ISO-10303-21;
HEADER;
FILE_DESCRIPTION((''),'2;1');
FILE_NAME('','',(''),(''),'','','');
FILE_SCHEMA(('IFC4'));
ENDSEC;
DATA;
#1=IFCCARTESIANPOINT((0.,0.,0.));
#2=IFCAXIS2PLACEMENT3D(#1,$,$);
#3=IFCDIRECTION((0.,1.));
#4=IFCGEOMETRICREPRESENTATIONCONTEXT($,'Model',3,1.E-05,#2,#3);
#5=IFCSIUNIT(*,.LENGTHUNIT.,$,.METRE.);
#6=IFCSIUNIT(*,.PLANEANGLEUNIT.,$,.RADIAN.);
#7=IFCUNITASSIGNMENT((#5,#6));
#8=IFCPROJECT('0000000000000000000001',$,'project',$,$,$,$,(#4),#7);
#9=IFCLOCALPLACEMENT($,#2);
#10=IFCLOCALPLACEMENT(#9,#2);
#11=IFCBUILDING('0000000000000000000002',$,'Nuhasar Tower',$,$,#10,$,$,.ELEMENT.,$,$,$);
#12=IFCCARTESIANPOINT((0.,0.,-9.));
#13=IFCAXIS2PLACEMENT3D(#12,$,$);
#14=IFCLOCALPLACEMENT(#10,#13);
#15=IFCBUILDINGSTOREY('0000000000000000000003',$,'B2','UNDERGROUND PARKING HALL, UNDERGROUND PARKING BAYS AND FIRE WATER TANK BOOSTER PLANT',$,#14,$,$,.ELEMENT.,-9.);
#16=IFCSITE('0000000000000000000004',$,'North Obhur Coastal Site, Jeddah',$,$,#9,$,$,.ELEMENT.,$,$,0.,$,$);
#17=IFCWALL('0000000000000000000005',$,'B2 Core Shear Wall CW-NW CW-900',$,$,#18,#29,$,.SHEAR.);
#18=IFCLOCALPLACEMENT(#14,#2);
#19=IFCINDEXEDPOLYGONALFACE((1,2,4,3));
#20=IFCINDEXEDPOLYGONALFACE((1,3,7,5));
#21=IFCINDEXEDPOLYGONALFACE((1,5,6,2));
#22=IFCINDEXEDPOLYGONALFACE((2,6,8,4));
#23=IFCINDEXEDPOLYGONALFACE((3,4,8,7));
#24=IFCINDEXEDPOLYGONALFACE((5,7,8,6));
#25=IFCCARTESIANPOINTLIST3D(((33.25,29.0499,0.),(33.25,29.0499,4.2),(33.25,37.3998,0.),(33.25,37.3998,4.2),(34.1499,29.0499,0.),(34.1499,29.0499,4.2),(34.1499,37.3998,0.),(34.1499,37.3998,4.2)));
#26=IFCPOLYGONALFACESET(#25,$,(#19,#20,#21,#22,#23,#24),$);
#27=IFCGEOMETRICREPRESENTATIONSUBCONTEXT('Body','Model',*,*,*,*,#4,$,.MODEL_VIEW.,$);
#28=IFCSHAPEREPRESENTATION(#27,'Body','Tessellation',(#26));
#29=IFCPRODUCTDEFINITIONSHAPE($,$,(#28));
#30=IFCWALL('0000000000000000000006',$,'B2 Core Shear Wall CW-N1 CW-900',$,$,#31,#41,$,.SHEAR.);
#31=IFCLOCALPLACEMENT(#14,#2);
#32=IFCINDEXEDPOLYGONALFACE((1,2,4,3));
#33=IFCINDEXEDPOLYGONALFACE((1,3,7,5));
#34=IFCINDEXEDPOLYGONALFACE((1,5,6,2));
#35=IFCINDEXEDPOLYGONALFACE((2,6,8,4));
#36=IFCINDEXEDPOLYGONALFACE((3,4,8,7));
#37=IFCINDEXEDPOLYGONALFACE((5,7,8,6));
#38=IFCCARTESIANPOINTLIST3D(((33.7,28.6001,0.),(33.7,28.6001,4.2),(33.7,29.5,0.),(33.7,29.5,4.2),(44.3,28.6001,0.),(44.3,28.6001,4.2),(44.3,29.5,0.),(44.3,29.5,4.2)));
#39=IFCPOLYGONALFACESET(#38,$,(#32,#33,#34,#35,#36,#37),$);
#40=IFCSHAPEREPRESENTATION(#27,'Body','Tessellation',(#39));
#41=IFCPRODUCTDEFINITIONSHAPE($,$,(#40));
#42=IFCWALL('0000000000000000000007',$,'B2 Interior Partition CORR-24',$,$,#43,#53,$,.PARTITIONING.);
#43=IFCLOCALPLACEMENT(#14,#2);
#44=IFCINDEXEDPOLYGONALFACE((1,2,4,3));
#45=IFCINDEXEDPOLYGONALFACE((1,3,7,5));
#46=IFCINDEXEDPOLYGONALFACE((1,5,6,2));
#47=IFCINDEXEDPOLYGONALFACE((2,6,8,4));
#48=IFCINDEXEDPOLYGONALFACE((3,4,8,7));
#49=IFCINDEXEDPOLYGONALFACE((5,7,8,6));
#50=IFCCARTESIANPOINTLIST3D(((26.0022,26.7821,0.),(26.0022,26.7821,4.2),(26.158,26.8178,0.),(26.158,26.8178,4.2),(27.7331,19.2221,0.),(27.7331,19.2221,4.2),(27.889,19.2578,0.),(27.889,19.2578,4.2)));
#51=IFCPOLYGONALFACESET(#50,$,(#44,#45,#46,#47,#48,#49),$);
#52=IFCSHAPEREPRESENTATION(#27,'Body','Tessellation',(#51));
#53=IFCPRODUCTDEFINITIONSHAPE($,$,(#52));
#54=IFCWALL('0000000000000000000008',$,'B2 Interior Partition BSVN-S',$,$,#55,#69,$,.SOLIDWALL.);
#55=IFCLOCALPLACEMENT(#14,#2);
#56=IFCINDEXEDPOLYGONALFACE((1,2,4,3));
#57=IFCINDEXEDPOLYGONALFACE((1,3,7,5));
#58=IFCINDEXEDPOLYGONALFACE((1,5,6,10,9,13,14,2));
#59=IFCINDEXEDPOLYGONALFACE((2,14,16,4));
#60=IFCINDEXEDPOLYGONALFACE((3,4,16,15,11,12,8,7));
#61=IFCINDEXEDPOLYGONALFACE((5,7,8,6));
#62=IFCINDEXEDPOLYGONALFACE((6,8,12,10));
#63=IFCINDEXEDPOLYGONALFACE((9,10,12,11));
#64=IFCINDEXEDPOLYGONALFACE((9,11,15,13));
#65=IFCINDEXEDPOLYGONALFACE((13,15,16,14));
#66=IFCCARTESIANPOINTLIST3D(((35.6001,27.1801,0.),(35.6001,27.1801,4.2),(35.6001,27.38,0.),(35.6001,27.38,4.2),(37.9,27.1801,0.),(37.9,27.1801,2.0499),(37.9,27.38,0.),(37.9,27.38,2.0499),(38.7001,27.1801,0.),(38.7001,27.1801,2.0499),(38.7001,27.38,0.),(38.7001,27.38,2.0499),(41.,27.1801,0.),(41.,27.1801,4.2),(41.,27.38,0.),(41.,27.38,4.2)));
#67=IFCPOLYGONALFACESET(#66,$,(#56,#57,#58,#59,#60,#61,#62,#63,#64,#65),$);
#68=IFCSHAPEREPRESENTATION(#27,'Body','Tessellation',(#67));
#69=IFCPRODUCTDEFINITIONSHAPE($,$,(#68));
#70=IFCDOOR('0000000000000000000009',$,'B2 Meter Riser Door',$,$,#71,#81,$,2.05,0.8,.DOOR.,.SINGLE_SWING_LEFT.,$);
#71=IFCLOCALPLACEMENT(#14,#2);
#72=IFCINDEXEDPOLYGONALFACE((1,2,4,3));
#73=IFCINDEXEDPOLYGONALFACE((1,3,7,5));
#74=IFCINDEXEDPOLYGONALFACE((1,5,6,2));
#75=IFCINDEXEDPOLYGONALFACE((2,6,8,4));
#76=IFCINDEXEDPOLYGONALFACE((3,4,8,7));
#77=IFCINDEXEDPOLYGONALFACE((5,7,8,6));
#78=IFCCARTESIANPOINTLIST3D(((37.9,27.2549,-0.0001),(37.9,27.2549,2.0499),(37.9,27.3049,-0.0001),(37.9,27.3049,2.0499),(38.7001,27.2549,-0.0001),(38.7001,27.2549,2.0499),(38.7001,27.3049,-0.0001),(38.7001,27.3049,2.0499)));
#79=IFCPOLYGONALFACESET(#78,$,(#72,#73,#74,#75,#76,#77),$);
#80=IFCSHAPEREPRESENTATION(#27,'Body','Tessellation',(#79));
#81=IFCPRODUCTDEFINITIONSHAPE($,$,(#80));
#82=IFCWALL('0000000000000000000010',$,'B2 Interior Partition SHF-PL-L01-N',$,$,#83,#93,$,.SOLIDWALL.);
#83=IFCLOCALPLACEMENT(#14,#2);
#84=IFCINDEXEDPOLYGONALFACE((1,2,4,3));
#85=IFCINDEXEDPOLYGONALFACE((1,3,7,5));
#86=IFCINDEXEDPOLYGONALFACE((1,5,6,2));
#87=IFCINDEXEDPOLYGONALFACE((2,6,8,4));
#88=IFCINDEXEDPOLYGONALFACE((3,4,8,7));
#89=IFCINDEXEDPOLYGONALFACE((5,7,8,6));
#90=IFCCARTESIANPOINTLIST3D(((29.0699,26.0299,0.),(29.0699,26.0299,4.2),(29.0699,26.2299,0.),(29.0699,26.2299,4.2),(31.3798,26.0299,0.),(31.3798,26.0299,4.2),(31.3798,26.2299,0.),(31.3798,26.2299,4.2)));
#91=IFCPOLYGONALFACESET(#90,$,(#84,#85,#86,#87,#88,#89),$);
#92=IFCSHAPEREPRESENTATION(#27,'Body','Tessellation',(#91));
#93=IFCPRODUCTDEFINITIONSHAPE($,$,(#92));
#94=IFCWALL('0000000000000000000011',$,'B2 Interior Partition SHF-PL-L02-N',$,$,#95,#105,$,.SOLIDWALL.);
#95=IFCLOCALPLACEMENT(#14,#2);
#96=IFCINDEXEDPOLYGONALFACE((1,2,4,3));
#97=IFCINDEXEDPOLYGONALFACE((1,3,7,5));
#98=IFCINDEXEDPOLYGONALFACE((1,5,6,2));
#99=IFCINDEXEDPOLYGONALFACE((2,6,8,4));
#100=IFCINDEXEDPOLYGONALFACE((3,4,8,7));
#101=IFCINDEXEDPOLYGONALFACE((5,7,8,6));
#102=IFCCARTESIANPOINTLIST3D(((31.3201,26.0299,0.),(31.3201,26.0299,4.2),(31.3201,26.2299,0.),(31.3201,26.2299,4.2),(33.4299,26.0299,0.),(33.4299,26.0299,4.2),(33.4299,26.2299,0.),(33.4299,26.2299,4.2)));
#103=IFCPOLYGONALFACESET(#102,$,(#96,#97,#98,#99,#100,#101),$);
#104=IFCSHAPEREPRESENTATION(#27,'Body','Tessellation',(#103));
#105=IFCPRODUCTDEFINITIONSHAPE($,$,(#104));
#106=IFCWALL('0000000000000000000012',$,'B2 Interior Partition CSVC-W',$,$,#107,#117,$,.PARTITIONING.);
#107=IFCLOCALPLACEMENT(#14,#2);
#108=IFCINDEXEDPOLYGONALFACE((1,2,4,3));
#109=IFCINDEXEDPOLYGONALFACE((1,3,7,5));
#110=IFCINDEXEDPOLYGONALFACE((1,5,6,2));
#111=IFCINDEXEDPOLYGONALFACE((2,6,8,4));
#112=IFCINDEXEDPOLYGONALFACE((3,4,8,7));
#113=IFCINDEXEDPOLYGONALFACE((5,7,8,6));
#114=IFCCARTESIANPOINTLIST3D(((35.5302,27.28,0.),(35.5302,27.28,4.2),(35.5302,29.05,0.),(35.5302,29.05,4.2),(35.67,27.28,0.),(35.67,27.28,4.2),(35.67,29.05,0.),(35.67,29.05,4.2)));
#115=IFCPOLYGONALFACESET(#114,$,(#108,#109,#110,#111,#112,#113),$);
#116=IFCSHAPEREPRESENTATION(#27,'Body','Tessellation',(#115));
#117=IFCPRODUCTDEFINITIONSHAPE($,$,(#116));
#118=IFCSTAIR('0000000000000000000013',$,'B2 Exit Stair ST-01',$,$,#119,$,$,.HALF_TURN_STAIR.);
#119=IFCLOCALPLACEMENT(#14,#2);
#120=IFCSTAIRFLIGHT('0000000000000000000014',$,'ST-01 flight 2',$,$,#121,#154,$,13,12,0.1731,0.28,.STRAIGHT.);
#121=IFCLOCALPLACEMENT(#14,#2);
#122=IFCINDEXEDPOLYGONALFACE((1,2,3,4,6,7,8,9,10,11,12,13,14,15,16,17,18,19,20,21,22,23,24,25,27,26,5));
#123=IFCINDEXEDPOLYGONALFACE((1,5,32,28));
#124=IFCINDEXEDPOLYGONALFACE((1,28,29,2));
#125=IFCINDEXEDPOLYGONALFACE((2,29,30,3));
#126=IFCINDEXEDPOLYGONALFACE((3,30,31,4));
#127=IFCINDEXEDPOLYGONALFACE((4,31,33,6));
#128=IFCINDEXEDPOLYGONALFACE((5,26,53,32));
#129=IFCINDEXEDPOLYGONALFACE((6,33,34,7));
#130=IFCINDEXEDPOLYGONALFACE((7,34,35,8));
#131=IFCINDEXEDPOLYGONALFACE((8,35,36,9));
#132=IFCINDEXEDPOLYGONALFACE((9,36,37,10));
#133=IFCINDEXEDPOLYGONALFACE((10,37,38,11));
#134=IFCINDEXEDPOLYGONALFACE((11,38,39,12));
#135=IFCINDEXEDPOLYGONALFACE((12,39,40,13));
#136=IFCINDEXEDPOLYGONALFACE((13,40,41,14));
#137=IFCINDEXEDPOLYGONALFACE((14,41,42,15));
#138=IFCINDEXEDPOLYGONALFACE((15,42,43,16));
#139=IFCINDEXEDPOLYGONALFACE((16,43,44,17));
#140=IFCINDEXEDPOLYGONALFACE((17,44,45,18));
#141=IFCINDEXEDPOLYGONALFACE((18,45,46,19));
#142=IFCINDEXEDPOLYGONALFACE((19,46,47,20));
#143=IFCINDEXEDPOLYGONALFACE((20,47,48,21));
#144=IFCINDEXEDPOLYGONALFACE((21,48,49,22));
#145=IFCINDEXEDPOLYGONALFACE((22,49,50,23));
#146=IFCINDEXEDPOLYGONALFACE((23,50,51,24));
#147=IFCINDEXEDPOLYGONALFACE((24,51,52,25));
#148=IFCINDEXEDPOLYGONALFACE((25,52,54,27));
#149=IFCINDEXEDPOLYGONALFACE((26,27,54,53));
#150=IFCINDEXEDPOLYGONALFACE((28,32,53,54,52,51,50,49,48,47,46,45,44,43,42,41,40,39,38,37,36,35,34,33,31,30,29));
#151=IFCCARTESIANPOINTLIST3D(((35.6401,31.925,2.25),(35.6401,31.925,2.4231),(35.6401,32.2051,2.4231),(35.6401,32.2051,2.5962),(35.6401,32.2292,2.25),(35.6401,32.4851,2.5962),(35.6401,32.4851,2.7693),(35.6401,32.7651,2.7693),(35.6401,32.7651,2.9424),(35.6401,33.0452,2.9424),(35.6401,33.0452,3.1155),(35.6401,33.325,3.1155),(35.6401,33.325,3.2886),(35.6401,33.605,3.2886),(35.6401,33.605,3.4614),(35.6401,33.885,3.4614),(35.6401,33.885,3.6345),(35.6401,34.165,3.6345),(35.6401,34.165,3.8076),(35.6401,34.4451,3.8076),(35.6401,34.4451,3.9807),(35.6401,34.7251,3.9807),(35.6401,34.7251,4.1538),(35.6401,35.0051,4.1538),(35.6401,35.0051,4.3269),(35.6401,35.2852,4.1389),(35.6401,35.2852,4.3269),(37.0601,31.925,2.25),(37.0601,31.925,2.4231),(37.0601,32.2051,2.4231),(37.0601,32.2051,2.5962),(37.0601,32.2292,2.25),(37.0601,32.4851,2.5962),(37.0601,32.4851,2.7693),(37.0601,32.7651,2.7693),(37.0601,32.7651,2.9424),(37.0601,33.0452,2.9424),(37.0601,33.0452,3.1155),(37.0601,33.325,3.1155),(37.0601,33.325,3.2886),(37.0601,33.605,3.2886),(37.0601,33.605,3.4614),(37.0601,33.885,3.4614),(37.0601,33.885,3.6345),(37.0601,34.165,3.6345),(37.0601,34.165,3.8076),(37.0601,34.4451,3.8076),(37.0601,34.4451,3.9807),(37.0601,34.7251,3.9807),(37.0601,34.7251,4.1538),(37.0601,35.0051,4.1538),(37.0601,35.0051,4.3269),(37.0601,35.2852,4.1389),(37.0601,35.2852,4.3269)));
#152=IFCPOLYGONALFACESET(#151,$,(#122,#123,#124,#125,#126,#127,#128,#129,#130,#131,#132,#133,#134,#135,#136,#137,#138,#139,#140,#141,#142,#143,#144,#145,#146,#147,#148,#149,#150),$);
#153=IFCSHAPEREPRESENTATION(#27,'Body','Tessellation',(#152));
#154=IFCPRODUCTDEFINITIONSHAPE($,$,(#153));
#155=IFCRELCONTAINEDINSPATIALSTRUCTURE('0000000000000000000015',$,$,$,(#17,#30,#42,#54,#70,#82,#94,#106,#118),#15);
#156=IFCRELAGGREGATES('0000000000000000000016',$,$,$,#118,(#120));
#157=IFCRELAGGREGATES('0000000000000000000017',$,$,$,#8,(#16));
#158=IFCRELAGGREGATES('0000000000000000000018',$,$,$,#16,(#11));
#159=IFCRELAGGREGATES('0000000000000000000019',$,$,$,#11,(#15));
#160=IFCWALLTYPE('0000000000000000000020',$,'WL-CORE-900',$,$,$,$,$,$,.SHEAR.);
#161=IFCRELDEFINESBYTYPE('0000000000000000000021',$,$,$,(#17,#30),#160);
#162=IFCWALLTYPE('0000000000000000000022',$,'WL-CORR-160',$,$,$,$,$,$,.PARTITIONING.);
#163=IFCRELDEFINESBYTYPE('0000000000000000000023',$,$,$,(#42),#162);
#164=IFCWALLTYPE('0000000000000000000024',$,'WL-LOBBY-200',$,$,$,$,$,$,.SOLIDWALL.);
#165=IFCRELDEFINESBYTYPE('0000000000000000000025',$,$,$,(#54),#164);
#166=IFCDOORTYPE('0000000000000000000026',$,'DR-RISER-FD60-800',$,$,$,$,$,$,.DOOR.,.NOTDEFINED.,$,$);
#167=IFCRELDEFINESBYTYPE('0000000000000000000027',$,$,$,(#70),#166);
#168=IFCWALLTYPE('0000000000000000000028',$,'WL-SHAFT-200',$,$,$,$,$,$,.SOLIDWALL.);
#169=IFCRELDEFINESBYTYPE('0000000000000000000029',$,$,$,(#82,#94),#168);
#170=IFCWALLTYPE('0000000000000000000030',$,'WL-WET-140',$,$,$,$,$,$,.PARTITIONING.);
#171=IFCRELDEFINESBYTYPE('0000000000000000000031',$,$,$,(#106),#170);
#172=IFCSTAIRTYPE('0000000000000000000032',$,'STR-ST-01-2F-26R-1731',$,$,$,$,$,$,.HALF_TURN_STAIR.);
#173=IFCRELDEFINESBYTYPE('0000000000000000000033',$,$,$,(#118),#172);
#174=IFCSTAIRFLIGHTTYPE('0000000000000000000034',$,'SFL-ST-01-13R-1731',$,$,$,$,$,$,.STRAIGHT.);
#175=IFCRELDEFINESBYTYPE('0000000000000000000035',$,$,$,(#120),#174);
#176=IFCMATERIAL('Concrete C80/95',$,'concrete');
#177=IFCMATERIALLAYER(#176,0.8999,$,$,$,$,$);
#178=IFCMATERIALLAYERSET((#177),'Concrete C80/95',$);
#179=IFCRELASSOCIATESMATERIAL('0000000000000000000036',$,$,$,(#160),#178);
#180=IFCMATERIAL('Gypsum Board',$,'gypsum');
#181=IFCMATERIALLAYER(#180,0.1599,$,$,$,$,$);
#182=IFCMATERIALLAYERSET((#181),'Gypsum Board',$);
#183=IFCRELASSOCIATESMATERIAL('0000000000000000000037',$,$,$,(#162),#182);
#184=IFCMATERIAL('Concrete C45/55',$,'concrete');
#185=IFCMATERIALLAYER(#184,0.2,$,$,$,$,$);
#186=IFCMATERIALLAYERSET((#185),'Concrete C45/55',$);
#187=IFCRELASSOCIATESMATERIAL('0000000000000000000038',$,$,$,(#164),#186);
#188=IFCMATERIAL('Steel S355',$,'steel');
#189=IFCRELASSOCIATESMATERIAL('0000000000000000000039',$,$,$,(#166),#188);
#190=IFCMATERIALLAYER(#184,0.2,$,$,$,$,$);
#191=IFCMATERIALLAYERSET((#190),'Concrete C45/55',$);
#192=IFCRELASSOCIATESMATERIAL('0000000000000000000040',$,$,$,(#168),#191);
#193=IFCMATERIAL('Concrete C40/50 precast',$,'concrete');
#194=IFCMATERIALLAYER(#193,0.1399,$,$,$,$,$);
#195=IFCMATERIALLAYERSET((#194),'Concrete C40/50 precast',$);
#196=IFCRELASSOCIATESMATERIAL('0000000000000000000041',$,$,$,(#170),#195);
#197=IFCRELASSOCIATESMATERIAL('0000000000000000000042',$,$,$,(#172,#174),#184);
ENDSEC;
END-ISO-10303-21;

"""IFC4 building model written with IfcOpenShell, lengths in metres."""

from ifc_helpers import new_model, si_unit, direction, frame, frame_2d, origin, place, context, subcontext, project, spatial, polyline, rectangle, outline, extrude, material, layer, layer_set, type_object, element, fill, aggregate, save


model = new_model("IFC4")

# Units and contexts
model_context = context("Model", 3, precision=1e-05, world=origin(), true_north=direction((0.0, 1.0)))
body_context = subcontext(model_context, "Body", "Model", "MODEL_VIEW")
ifc_project = project(units=[si_unit("LENGTHUNIT", "METRE"), si_unit("PLANEANGLEUNIT", "RADIAN")], contexts=[model_context])

# Site, building, storey
site_placement = place(None, origin())
site = spatial("IfcSite", under=ifc_project, at=site_placement, Name="North Obhur Coastal Site, Jeddah", CompositionType="ELEMENT", RefElevation=0.0)
building_placement = place(site_placement, origin())
building = spatial("IfcBuilding", under=site, at=building_placement, Name="Nuhasar Tower", CompositionType="ELEMENT")
storey_placement = place(building_placement, frame((0.0, 0.0, -9.0)))
storey = spatial("IfcBuildingStorey", under=building, at=storey_placement, Name="B2", Description="UNDERGROUND PARKING HALL, UNDERGROUND PARKING BAYS AND FIRE WATER TANK BOOSTER PLANT", CompositionType="ELEMENT", Elevation=-9.0)

# Shared definitions
ifc_material_1 = material(Name="Concrete C80/95", Category="concrete")

# Walls
ifc_layer_1 = layer(ifc_material_1, 0.8999)
ifc_layer_set_1 = layer_set([ifc_layer_1], Name="Concrete C80/95")
wall_type_1 = type_object("IfcWallType", Name="WL-CORE-900", PredefinedType="SHEAR", material=ifc_layer_set_1)
wall_1_placement = place(storey_placement, frame((33.7, 29.05, 0.0), z_axis=(0.0, 0.0, 1.0), x_axis=(0.0, 1.0, 0.0)))
element("IfcWall", 1, at=wall_1_placement, inside=storey, type_object=wall_type_1, Name="B2 Core Shear Wall CW-NW CW-900", PredefinedType="SHEAR", context=body_context, shape_type="SweptSolid", body=[
    extrude(rectangle(XDim=8.3499, YDim=0.8999, at=frame_2d((4.1748, 0.0))), origin(), (0.0, 0.0, 1.0), 4.2),
])
wall_2_placement = place(storey_placement, frame((33.7, 29.05, 0.0), z_axis=(0.0, 0.0, 1.0), x_axis=(1.0, 0.0, 0.0)))
element("IfcWall", 2, at=wall_2_placement, inside=storey, type_object=wall_type_1, Name="B2 Core Shear Wall CW-N1 CW-900", PredefinedType="SHEAR", context=body_context, shape_type="SweptSolid", body=[
    extrude(rectangle(XDim=10.6001, YDim=0.8999, at=frame_2d((5.3, 0.0))), origin(), (0.0, 0.0, 1.0), 4.2),
])

# Shared definitions
ifc_material_2 = material(Name="Gypsum Board", Category="gypsum")
ifc_layer_2 = layer(ifc_material_2, 0.1599)
ifc_layer_set_2 = layer_set([ifc_layer_2], Name="Gypsum Board")
wall_type_2 = type_object("IfcWallType", Name="WL-CORR-160", PredefinedType="PARTITIONING", material=ifc_layer_set_2)
ifc_material_3 = material(Name="Steel S355", Category="steel")

# Wall
wall_3_placement = place(storey_placement, frame((26.0801, 26.8, 0.0), z_axis=(0.0, 0.0, 1.0), x_axis=(0.223185, -0.974776, 0.0)))
element("IfcWall", 3, at=wall_3_placement, inside=storey, type_object=wall_type_2, Name="B2 Interior Partition CORR-24", PredefinedType="PARTITIONING", context=body_context, shape_type="SweptSolid", body=[
    extrude(rectangle(XDim=7.7556, YDim=0.1599, at=frame_2d((3.8779, 0.0))), origin(), (0.0, 0.0, 1.0), 4.2),
])

# Wall, opening, door
ifc_material_4 = material(Name="Concrete C45/55", Category="concrete")
ifc_layer_3 = layer(ifc_material_4, 0.2)
ifc_layer_set_3 = layer_set([ifc_layer_3], Name="Concrete C45/55")
wall_type_3 = type_object("IfcWallType", Name="WL-LOBBY-200", PredefinedType="SOLIDWALL", material=ifc_layer_set_3)
wall_4_placement = place(storey_placement, frame((35.6001, 27.28, 0.0), z_axis=(0.0, 0.0, 1.0), x_axis=(1.0, 0.0, 0.0)))
wall_4 = element("IfcWall", 4, at=wall_4_placement, inside=storey, type_object=wall_type_3, Name="B2 Interior Partition BSVN-S", PredefinedType="SOLIDWALL", context=body_context, shape_type="SweptSolid", body=[
    extrude(rectangle(XDim=5.3999, YDim=0.2, at=frame_2d((2.7, 0.0))), origin(), (0.0, 0.0, 1.0), 4.2),
])
opening_1_placement = place(wall_4_placement, frame((2.3, 0.0, 0.0)))
opening_1 = element("IfcOpeningElement", 5, at=opening_1_placement, cuts=wall_4, PredefinedType="OPENING", context=body_context, shape_type="SweptSolid", body=[
    extrude(rectangle(XDim=0.8, YDim=2.05, at=frame_2d((0.3999, 1.0249))), frame((0.0, 0.1099, 0.0), z_axis=(0.0, -1.0, 0.0), x_axis=(1.0, 0.0, 0.0)), (0.0, 0.0, 1.0), 0.22),
])
door_type_1 = type_object("IfcDoorType", Name="DR-RISER-FD60-800", OperationType="NOTDEFINED", PredefinedType="DOOR", material=ifc_material_3)
door_1_placement = place(opening_1_placement, origin())
door_1 = element("IfcDoor", 6, at=door_1_placement, inside=storey, type_object=door_type_1, Name="B2 Meter Riser Door", OperationType="SINGLE_SWING_LEFT", OverallHeight=2.05, OverallWidth=0.8, PredefinedType="DOOR", context=body_context, shape_type="SweptSolid", body=[
    extrude(rectangle(XDim=0.8, YDim=2.05, at=frame_2d((0.3999, 1.0249))), frame((0.0, 0.0249, 0.0), z_axis=(0.0, -1.0, 0.0), x_axis=(1.0, 0.0, 0.0)), (0.0, 0.0, 1.0), 0.05),
])
fill(opening_1, door_1)

# Walls
ifc_layer_4 = layer(ifc_material_4, 0.2)
ifc_layer_set_4 = layer_set([ifc_layer_4], Name="Concrete C45/55")
wall_type_4 = type_object("IfcWallType", Name="WL-SHAFT-200", PredefinedType="SOLIDWALL", material=ifc_layer_set_4)
wall_5_placement = place(storey_placement, frame((29.0701, 26.1299, 0.0), z_axis=(0.0, 0.0, 1.0), x_axis=(1.0, 0.0, 0.0)))
element("IfcWall", 7, at=wall_5_placement, inside=storey, type_object=wall_type_4, Name="B2 Interior Partition SHF-PL-L01-N", PredefinedType="SOLIDWALL", context=body_context, shape_type="SweptSolid", body=[
    extrude(rectangle(XDim=2.3098, YDim=0.2, at=frame_2d((1.1548, 0.0))), origin(), (0.0, 0.0, 1.0), 4.2),
])
wall_6_placement = place(storey_placement, frame((31.3201, 26.1299, 0.0), z_axis=(0.0, 0.0, 1.0), x_axis=(1.0, 0.0, 0.0)))
element("IfcWall", 8, at=wall_6_placement, inside=storey, type_object=wall_type_4, Name="B2 Interior Partition SHF-PL-L02-N", PredefinedType="SOLIDWALL", context=body_context, shape_type="SweptSolid", body=[
    extrude(rectangle(XDim=2.1099, YDim=0.2, at=frame_2d((1.0549, 0.0))), origin(), (0.0, 0.0, 1.0), 4.2),
])
ifc_material_5 = material(Name="Concrete C40/50 precast", Category="concrete")
ifc_layer_5 = layer(ifc_material_5, 0.1399)
ifc_layer_set_5 = layer_set([ifc_layer_5], Name="Concrete C40/50 precast")
wall_type_5 = type_object("IfcWallType", Name="WL-WET-140", PredefinedType="PARTITIONING", material=ifc_layer_set_5)
wall_7_placement = place(storey_placement, frame((35.6001, 27.28, 0.0), z_axis=(0.0, 0.0, 1.0), x_axis=(0.0, 1.0, 0.0)))
element("IfcWall", 9, at=wall_7_placement, inside=storey, type_object=wall_type_5, Name="B2 Interior Partition CSVC-W", PredefinedType="PARTITIONING", context=body_context, shape_type="SweptSolid", body=[
    extrude(rectangle(XDim=1.77, YDim=0.1399, at=frame_2d((0.885, 0.0))), origin(), (0.0, 0.0, 1.0), 4.2),
])

# Stair, stair flight
stair_type = type_object("IfcStairType", Name="STR-ST-01-2F-26R-1731", PredefinedType="HALF_TURN_STAIR", material=ifc_material_4)
stair_placement = place(storey_placement, origin())
stair = element("IfcStair", 10, at=stair_placement, inside=storey, type_object=stair_type, Name="B2 Exit Stair ST-01", PredefinedType="HALF_TURN_STAIR")
stair_flight_type = type_object("IfcStairFlightType", Name="SFL-ST-01-13R-1731", PredefinedType="STRAIGHT", material=ifc_material_4)
stair_flight_placement = place(storey_placement, frame((36.3501, 31.925, 2.25), z_axis=(0.0, 0.0, 1.0), x_axis=(0.0, 1.0, 0.0)))
stair_flight = element("IfcStairFlight", 11, at=stair_flight_placement, type_object=stair_flight_type, Name="ST-01 flight 2", NumberOfRisers=13, NumberOfTreads=12, PredefinedType="STRAIGHT", RiserHeight=0.1731, TreadLength=0.28, context=body_context, shape_type="SweptSolid", body=[
    extrude(outline(polyline([(0.0, 0.0), (0.0, 0.1731), (0.28, 0.1731), (0.28, 0.3462), (0.5601, 0.3462), (0.5601, 0.5193), (0.8401, 0.5193), (0.8401, 0.6924), (1.1201, 0.6924), (1.1201, 0.8655), (1.3999, 0.8655), (1.3999, 1.0386), (1.6799, 1.0386), (1.6799, 1.2114), (1.96, 1.2114), (1.96, 1.3845), (2.24, 1.3845), (2.24, 1.5576), (2.52, 1.5576), (2.52, 1.7307), (2.8, 1.7307), (2.8, 1.9038), (3.0801, 1.9038), (3.0801, 2.0769), (3.3601, 2.0769), (3.3601, 2.25), (3.3601, 1.8889), (0.3042, 0.0), (0.0, 0.0)])), frame((0.0, 0.71, 0.0), z_axis=(0.0, -1.0, 0.0), x_axis=(1.0, 0.0, 0.0)), (0.0, 0.0, 1.0), 1.4199),
])
aggregate(stair, [stair_flight])

save(model, "model.ifc")
